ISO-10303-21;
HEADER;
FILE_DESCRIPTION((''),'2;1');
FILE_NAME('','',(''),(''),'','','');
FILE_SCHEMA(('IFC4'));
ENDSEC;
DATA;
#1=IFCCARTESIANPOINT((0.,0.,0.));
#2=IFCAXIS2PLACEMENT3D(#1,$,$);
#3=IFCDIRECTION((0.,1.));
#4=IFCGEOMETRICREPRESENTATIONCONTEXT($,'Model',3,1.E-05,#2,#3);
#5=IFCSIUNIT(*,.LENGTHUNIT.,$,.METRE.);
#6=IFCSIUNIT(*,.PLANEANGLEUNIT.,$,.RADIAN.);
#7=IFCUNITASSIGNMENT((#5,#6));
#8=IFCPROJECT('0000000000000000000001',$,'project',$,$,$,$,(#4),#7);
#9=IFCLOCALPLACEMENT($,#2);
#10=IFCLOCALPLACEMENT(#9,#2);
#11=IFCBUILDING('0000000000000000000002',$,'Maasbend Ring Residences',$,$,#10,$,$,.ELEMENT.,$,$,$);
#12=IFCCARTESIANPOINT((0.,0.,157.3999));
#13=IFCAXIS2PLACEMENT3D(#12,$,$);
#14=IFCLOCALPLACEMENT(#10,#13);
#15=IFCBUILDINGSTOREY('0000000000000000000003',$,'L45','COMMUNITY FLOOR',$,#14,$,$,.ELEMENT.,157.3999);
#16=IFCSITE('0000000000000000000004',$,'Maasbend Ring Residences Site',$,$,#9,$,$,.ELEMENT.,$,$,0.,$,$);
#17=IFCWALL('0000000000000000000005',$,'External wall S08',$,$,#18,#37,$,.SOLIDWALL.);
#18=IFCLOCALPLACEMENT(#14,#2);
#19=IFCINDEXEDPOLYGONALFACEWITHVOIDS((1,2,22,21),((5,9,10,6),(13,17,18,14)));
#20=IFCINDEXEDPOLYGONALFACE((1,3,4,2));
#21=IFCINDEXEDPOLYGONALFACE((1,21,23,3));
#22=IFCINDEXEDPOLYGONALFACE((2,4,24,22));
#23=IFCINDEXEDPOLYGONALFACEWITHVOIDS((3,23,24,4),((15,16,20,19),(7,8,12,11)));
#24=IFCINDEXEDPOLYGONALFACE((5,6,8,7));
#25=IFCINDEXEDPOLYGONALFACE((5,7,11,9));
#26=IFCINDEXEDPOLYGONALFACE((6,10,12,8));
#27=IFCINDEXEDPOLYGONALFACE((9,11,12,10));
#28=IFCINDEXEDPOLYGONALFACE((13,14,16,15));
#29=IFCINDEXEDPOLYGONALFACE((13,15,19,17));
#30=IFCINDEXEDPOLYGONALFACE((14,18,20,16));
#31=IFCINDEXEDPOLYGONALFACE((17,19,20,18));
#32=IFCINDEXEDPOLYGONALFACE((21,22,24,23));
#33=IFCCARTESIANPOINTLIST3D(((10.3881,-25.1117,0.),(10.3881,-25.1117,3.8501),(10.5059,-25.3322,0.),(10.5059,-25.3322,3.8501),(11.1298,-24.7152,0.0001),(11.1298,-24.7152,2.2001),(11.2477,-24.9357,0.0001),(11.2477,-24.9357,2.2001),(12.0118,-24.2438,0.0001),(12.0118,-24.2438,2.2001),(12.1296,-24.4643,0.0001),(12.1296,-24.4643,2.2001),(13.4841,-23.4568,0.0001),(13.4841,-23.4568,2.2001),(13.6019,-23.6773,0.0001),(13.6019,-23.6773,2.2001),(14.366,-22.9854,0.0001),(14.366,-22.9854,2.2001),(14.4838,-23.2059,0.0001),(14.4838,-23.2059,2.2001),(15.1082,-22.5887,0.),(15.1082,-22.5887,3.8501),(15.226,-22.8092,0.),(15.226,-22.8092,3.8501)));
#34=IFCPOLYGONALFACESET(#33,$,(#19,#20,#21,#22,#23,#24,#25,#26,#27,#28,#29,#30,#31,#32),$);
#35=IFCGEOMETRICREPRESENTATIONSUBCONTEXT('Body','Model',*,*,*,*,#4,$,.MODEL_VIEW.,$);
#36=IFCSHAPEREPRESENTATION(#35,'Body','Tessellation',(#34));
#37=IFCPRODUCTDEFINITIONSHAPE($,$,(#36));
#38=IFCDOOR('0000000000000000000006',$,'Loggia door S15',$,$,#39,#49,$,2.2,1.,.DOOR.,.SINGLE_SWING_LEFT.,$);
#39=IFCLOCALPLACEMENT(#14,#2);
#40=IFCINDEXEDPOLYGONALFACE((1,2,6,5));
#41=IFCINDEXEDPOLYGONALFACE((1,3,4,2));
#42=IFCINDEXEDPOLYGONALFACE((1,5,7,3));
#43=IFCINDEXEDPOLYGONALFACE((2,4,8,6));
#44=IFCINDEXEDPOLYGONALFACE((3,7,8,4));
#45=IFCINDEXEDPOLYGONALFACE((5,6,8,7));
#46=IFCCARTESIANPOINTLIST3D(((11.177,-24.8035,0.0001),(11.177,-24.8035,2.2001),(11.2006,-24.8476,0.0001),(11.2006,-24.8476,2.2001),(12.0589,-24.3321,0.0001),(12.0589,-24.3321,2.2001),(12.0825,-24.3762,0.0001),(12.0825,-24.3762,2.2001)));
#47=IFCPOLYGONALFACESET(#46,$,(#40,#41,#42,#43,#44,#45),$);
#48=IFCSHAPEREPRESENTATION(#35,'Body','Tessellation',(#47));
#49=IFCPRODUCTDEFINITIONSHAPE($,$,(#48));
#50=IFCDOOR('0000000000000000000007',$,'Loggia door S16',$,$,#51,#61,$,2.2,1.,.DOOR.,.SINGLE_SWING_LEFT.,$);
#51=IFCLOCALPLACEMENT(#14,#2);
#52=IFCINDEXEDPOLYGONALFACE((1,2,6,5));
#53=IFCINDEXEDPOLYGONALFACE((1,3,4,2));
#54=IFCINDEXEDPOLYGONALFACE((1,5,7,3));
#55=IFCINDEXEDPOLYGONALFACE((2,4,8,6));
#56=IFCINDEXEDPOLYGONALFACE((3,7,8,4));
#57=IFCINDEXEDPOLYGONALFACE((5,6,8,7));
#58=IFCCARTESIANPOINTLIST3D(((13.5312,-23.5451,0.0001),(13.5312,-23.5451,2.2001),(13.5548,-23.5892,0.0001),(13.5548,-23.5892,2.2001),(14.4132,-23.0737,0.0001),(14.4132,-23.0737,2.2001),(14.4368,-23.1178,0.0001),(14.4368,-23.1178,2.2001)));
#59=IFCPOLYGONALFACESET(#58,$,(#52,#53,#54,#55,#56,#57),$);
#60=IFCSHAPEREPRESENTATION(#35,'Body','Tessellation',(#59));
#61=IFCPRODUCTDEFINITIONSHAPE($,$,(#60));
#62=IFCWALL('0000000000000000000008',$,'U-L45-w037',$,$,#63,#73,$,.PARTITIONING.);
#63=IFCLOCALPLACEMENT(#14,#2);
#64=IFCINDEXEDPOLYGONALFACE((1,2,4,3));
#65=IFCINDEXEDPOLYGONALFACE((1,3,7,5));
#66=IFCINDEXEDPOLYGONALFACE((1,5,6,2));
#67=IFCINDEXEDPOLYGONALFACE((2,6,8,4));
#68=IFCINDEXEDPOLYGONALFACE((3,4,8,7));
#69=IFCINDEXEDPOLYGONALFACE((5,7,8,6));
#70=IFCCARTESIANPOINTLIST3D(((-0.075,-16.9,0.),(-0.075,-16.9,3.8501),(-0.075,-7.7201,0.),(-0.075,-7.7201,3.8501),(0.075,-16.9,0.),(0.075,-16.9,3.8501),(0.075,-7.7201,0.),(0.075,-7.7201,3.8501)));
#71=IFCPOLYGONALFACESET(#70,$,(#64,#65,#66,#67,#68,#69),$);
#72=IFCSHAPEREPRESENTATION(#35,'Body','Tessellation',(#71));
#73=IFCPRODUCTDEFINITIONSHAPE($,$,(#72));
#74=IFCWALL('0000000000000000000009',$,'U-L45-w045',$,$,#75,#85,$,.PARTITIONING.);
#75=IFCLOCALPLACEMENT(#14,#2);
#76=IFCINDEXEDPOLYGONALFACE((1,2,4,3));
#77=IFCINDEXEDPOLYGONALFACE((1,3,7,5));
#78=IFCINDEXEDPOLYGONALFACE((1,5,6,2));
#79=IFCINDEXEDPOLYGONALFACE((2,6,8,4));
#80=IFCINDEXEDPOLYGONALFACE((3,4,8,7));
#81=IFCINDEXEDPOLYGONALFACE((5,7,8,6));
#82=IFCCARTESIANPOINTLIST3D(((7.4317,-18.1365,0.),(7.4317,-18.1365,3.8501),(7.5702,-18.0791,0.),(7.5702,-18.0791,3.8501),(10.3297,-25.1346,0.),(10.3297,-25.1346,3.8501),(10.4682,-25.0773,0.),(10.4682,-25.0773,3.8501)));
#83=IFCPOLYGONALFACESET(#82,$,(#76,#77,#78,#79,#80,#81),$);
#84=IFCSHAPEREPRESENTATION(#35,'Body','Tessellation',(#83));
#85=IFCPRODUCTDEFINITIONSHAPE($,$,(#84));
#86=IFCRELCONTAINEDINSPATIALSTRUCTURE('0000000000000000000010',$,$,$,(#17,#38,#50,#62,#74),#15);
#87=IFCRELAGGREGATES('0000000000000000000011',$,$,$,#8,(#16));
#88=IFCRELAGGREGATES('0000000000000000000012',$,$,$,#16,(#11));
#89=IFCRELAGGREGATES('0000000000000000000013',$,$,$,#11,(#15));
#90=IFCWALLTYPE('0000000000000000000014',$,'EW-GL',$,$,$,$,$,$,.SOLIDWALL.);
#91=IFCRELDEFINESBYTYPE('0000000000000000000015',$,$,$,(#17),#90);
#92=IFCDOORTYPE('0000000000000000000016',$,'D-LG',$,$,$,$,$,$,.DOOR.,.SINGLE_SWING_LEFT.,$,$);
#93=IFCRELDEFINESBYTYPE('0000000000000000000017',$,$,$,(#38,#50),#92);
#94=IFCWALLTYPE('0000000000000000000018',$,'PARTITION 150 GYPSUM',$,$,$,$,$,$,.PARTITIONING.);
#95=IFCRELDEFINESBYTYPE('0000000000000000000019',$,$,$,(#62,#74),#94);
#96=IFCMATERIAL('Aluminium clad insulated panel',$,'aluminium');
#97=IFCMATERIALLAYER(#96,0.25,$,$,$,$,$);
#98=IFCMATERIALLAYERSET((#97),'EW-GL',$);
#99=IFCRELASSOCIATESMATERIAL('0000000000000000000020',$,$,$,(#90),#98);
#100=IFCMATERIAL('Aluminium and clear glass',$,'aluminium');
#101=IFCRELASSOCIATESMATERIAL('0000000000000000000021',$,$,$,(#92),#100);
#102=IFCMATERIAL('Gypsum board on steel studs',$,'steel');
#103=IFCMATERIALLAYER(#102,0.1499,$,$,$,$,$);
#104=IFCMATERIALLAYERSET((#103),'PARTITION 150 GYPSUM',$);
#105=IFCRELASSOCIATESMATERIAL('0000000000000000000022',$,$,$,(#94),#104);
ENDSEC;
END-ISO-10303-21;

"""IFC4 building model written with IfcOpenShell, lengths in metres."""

from ifc_helpers import new_model, si_unit, direction, frame, frame_2d, origin, place, context, subcontext, project, spatial, rectangle, extrude, material, layer, layer_set, type_object, element, fill, save


model = new_model("IFC4")

# Units and contexts
model_context = context("Model", 3, precision=1e-05, world=origin(), true_north=direction((0.0, 1.0)))
body_context = subcontext(model_context, "Body", "Model", "MODEL_VIEW")
ifc_project = project(units=[si_unit("LENGTHUNIT", "METRE"), si_unit("PLANEANGLEUNIT", "RADIAN")], contexts=[model_context])

# Site, building, storey
site_placement = place(None, origin())
site = spatial("IfcSite", under=ifc_project, at=site_placement, Name="Maasbend Ring Residences Site", CompositionType="ELEMENT", RefElevation=0.0)
building_placement = place(site_placement, origin())
building = spatial("IfcBuilding", under=site, at=building_placement, Name="Maasbend Ring Residences", CompositionType="ELEMENT")
storey_placement = place(building_placement, frame((0.0, 0.0, 157.3999)))
storey = spatial("IfcBuildingStorey", under=building, at=storey_placement, Name="L45", Description="COMMUNITY FLOOR", CompositionType="ELEMENT", Elevation=157.3999)

# Wall, openings, doors
ifc_material_1 = material(Name="Aluminium clad insulated panel", Category="aluminium")
ifc_layer_1 = layer(ifc_material_1, 0.25)
ifc_layer_set_1 = layer_set([ifc_layer_1], Name="EW-GL")
wall_type_1 = type_object("IfcWallType", Name="EW-GL", PredefinedType="SOLIDWALL", material=ifc_layer_set_1)
ifc_material_2 = material(Name="Aluminium and clear glass", Category="aluminium")
door_type_1 = type_object("IfcDoorType", Name="D-LG", OperationType="SINGLE_SWING_LEFT", PredefinedType="DOOR", material=ifc_material_2)
wall_1_placement = place(storey_placement, frame((10.447, -25.2219, 0.0), z_axis=(0.0, 0.0, 1.0), x_axis=(0.881916, 0.471407, 0.0)))
wall_1 = element("IfcWall", 1, at=wall_1_placement, inside=storey, type_object=wall_type_1, Name="External wall S08", PredefinedType="SOLIDWALL", context=body_context, shape_type="SweptSolid", body=[
    extrude(rectangle(XDim=5.3521, YDim=0.25, at=frame_2d((2.676, 0.0))), origin(), (0.0, 0.0, 1.0), 3.8501),
])
opening_1_placement = place(wall_1_placement, frame((0.8411, 0.0, 0.0)))
opening_1 = element("IfcOpeningElement", 2, at=opening_1_placement, cuts=wall_1, PredefinedType="OPENING", context=body_context, shape_type="SweptSolid", body=[
    extrude(rectangle(XDim=1.0, YDim=2.2, at=frame_2d((0.5, 1.1001))), frame((0.0, 0.135, 0.0), z_axis=(0.0, -1.0, 0.0), x_axis=(1.0, 0.0, 0.0)), (0.0, 0.0, 1.0), 0.27),
])
opening_2_placement = place(wall_1_placement, frame((3.5105, 0.0, 0.0)))
opening_2 = element("IfcOpeningElement", 3, at=opening_2_placement, cuts=wall_1, PredefinedType="OPENING", context=body_context, shape_type="SweptSolid", body=[
    extrude(rectangle(XDim=1.0, YDim=2.2, at=frame_2d((0.5, 1.1001))), frame((0.0, 0.135, 0.0), z_axis=(0.0, -1.0, 0.0), x_axis=(1.0, 0.0, 0.0)), (0.0, 0.0, 1.0), 0.27),
])
door_1_placement = place(opening_1_placement, origin())
door_1 = element("IfcDoor", 4, at=door_1_placement, inside=storey, type_object=door_type_1, Name="Loggia door S15", OperationType="SINGLE_SWING_LEFT", OverallHeight=2.2, OverallWidth=1.0, PredefinedType="DOOR", context=body_context, shape_type="SweptSolid", body=[
    extrude(rectangle(XDim=1.0, YDim=2.2, at=frame_2d((0.5, 1.1001))), frame((0.0, 0.0249, 0.0), z_axis=(0.0, -1.0, 0.0), x_axis=(1.0, 0.0, 0.0)), (0.0, 0.0, 1.0), 0.05),
])
fill(opening_1, door_1)
door_2_placement = place(opening_2_placement, origin())
door_2 = element("IfcDoor", 5, at=door_2_placement, inside=storey, type_object=door_type_1, Name="Loggia door S16", OperationType="SINGLE_SWING_LEFT", OverallHeight=2.2, OverallWidth=1.0, PredefinedType="DOOR", context=body_context, shape_type="SweptSolid", body=[
    extrude(rectangle(XDim=1.0, YDim=2.2, at=frame_2d((0.5, 1.1001))), frame((0.0, 0.0249, 0.0), z_axis=(0.0, -1.0, 0.0), x_axis=(1.0, 0.0, 0.0)), (0.0, 0.0, 1.0), 0.05),
])
fill(opening_2, door_2)

# Walls
ifc_material_3 = material(Name="Gypsum board on steel studs", Category="steel")
ifc_layer_2 = layer(ifc_material_3, 0.1499)
ifc_layer_set_2 = layer_set([ifc_layer_2], Name="PARTITION 150 GYPSUM")
wall_type_2 = type_object("IfcWallType", Name="PARTITION 150 GYPSUM", PredefinedType="PARTITIONING", material=ifc_layer_set_2)
wall_2_placement = place(storey_placement, frame((0.0, -16.8999, 0.0), z_axis=(0.0, 0.0, 1.0), x_axis=(0.0, 1.0, 0.0)))
element("IfcWall", 6, at=wall_2_placement, inside=storey, type_object=wall_type_2, Name="U-L45-w037", PredefinedType="PARTITIONING", context=body_context, shape_type="SweptSolid", body=[
    extrude(rectangle(XDim=9.1799, YDim=0.1499, at=frame_2d((4.5898, 0.0))), origin(), (0.0, 0.0, 1.0), 3.8501),
])
wall_3_placement = place(storey_placement, frame((7.501, -18.1079, 0.0), z_axis=(0.0, 0.0, 1.0), x_axis=(0.3826, -0.923914, 0.0)))
element("IfcWall", 7, at=wall_3_placement, inside=storey, type_object=wall_type_2, Name="U-L45-w045", PredefinedType="PARTITIONING", context=body_context, shape_type="SweptSolid", body=[
    extrude(rectangle(XDim=7.5745, YDim=0.1499, at=frame_2d((3.7871, 0.0))), origin(), (0.0, 0.0, 1.0), 3.8501),
])

save(model, "model.ifc")
